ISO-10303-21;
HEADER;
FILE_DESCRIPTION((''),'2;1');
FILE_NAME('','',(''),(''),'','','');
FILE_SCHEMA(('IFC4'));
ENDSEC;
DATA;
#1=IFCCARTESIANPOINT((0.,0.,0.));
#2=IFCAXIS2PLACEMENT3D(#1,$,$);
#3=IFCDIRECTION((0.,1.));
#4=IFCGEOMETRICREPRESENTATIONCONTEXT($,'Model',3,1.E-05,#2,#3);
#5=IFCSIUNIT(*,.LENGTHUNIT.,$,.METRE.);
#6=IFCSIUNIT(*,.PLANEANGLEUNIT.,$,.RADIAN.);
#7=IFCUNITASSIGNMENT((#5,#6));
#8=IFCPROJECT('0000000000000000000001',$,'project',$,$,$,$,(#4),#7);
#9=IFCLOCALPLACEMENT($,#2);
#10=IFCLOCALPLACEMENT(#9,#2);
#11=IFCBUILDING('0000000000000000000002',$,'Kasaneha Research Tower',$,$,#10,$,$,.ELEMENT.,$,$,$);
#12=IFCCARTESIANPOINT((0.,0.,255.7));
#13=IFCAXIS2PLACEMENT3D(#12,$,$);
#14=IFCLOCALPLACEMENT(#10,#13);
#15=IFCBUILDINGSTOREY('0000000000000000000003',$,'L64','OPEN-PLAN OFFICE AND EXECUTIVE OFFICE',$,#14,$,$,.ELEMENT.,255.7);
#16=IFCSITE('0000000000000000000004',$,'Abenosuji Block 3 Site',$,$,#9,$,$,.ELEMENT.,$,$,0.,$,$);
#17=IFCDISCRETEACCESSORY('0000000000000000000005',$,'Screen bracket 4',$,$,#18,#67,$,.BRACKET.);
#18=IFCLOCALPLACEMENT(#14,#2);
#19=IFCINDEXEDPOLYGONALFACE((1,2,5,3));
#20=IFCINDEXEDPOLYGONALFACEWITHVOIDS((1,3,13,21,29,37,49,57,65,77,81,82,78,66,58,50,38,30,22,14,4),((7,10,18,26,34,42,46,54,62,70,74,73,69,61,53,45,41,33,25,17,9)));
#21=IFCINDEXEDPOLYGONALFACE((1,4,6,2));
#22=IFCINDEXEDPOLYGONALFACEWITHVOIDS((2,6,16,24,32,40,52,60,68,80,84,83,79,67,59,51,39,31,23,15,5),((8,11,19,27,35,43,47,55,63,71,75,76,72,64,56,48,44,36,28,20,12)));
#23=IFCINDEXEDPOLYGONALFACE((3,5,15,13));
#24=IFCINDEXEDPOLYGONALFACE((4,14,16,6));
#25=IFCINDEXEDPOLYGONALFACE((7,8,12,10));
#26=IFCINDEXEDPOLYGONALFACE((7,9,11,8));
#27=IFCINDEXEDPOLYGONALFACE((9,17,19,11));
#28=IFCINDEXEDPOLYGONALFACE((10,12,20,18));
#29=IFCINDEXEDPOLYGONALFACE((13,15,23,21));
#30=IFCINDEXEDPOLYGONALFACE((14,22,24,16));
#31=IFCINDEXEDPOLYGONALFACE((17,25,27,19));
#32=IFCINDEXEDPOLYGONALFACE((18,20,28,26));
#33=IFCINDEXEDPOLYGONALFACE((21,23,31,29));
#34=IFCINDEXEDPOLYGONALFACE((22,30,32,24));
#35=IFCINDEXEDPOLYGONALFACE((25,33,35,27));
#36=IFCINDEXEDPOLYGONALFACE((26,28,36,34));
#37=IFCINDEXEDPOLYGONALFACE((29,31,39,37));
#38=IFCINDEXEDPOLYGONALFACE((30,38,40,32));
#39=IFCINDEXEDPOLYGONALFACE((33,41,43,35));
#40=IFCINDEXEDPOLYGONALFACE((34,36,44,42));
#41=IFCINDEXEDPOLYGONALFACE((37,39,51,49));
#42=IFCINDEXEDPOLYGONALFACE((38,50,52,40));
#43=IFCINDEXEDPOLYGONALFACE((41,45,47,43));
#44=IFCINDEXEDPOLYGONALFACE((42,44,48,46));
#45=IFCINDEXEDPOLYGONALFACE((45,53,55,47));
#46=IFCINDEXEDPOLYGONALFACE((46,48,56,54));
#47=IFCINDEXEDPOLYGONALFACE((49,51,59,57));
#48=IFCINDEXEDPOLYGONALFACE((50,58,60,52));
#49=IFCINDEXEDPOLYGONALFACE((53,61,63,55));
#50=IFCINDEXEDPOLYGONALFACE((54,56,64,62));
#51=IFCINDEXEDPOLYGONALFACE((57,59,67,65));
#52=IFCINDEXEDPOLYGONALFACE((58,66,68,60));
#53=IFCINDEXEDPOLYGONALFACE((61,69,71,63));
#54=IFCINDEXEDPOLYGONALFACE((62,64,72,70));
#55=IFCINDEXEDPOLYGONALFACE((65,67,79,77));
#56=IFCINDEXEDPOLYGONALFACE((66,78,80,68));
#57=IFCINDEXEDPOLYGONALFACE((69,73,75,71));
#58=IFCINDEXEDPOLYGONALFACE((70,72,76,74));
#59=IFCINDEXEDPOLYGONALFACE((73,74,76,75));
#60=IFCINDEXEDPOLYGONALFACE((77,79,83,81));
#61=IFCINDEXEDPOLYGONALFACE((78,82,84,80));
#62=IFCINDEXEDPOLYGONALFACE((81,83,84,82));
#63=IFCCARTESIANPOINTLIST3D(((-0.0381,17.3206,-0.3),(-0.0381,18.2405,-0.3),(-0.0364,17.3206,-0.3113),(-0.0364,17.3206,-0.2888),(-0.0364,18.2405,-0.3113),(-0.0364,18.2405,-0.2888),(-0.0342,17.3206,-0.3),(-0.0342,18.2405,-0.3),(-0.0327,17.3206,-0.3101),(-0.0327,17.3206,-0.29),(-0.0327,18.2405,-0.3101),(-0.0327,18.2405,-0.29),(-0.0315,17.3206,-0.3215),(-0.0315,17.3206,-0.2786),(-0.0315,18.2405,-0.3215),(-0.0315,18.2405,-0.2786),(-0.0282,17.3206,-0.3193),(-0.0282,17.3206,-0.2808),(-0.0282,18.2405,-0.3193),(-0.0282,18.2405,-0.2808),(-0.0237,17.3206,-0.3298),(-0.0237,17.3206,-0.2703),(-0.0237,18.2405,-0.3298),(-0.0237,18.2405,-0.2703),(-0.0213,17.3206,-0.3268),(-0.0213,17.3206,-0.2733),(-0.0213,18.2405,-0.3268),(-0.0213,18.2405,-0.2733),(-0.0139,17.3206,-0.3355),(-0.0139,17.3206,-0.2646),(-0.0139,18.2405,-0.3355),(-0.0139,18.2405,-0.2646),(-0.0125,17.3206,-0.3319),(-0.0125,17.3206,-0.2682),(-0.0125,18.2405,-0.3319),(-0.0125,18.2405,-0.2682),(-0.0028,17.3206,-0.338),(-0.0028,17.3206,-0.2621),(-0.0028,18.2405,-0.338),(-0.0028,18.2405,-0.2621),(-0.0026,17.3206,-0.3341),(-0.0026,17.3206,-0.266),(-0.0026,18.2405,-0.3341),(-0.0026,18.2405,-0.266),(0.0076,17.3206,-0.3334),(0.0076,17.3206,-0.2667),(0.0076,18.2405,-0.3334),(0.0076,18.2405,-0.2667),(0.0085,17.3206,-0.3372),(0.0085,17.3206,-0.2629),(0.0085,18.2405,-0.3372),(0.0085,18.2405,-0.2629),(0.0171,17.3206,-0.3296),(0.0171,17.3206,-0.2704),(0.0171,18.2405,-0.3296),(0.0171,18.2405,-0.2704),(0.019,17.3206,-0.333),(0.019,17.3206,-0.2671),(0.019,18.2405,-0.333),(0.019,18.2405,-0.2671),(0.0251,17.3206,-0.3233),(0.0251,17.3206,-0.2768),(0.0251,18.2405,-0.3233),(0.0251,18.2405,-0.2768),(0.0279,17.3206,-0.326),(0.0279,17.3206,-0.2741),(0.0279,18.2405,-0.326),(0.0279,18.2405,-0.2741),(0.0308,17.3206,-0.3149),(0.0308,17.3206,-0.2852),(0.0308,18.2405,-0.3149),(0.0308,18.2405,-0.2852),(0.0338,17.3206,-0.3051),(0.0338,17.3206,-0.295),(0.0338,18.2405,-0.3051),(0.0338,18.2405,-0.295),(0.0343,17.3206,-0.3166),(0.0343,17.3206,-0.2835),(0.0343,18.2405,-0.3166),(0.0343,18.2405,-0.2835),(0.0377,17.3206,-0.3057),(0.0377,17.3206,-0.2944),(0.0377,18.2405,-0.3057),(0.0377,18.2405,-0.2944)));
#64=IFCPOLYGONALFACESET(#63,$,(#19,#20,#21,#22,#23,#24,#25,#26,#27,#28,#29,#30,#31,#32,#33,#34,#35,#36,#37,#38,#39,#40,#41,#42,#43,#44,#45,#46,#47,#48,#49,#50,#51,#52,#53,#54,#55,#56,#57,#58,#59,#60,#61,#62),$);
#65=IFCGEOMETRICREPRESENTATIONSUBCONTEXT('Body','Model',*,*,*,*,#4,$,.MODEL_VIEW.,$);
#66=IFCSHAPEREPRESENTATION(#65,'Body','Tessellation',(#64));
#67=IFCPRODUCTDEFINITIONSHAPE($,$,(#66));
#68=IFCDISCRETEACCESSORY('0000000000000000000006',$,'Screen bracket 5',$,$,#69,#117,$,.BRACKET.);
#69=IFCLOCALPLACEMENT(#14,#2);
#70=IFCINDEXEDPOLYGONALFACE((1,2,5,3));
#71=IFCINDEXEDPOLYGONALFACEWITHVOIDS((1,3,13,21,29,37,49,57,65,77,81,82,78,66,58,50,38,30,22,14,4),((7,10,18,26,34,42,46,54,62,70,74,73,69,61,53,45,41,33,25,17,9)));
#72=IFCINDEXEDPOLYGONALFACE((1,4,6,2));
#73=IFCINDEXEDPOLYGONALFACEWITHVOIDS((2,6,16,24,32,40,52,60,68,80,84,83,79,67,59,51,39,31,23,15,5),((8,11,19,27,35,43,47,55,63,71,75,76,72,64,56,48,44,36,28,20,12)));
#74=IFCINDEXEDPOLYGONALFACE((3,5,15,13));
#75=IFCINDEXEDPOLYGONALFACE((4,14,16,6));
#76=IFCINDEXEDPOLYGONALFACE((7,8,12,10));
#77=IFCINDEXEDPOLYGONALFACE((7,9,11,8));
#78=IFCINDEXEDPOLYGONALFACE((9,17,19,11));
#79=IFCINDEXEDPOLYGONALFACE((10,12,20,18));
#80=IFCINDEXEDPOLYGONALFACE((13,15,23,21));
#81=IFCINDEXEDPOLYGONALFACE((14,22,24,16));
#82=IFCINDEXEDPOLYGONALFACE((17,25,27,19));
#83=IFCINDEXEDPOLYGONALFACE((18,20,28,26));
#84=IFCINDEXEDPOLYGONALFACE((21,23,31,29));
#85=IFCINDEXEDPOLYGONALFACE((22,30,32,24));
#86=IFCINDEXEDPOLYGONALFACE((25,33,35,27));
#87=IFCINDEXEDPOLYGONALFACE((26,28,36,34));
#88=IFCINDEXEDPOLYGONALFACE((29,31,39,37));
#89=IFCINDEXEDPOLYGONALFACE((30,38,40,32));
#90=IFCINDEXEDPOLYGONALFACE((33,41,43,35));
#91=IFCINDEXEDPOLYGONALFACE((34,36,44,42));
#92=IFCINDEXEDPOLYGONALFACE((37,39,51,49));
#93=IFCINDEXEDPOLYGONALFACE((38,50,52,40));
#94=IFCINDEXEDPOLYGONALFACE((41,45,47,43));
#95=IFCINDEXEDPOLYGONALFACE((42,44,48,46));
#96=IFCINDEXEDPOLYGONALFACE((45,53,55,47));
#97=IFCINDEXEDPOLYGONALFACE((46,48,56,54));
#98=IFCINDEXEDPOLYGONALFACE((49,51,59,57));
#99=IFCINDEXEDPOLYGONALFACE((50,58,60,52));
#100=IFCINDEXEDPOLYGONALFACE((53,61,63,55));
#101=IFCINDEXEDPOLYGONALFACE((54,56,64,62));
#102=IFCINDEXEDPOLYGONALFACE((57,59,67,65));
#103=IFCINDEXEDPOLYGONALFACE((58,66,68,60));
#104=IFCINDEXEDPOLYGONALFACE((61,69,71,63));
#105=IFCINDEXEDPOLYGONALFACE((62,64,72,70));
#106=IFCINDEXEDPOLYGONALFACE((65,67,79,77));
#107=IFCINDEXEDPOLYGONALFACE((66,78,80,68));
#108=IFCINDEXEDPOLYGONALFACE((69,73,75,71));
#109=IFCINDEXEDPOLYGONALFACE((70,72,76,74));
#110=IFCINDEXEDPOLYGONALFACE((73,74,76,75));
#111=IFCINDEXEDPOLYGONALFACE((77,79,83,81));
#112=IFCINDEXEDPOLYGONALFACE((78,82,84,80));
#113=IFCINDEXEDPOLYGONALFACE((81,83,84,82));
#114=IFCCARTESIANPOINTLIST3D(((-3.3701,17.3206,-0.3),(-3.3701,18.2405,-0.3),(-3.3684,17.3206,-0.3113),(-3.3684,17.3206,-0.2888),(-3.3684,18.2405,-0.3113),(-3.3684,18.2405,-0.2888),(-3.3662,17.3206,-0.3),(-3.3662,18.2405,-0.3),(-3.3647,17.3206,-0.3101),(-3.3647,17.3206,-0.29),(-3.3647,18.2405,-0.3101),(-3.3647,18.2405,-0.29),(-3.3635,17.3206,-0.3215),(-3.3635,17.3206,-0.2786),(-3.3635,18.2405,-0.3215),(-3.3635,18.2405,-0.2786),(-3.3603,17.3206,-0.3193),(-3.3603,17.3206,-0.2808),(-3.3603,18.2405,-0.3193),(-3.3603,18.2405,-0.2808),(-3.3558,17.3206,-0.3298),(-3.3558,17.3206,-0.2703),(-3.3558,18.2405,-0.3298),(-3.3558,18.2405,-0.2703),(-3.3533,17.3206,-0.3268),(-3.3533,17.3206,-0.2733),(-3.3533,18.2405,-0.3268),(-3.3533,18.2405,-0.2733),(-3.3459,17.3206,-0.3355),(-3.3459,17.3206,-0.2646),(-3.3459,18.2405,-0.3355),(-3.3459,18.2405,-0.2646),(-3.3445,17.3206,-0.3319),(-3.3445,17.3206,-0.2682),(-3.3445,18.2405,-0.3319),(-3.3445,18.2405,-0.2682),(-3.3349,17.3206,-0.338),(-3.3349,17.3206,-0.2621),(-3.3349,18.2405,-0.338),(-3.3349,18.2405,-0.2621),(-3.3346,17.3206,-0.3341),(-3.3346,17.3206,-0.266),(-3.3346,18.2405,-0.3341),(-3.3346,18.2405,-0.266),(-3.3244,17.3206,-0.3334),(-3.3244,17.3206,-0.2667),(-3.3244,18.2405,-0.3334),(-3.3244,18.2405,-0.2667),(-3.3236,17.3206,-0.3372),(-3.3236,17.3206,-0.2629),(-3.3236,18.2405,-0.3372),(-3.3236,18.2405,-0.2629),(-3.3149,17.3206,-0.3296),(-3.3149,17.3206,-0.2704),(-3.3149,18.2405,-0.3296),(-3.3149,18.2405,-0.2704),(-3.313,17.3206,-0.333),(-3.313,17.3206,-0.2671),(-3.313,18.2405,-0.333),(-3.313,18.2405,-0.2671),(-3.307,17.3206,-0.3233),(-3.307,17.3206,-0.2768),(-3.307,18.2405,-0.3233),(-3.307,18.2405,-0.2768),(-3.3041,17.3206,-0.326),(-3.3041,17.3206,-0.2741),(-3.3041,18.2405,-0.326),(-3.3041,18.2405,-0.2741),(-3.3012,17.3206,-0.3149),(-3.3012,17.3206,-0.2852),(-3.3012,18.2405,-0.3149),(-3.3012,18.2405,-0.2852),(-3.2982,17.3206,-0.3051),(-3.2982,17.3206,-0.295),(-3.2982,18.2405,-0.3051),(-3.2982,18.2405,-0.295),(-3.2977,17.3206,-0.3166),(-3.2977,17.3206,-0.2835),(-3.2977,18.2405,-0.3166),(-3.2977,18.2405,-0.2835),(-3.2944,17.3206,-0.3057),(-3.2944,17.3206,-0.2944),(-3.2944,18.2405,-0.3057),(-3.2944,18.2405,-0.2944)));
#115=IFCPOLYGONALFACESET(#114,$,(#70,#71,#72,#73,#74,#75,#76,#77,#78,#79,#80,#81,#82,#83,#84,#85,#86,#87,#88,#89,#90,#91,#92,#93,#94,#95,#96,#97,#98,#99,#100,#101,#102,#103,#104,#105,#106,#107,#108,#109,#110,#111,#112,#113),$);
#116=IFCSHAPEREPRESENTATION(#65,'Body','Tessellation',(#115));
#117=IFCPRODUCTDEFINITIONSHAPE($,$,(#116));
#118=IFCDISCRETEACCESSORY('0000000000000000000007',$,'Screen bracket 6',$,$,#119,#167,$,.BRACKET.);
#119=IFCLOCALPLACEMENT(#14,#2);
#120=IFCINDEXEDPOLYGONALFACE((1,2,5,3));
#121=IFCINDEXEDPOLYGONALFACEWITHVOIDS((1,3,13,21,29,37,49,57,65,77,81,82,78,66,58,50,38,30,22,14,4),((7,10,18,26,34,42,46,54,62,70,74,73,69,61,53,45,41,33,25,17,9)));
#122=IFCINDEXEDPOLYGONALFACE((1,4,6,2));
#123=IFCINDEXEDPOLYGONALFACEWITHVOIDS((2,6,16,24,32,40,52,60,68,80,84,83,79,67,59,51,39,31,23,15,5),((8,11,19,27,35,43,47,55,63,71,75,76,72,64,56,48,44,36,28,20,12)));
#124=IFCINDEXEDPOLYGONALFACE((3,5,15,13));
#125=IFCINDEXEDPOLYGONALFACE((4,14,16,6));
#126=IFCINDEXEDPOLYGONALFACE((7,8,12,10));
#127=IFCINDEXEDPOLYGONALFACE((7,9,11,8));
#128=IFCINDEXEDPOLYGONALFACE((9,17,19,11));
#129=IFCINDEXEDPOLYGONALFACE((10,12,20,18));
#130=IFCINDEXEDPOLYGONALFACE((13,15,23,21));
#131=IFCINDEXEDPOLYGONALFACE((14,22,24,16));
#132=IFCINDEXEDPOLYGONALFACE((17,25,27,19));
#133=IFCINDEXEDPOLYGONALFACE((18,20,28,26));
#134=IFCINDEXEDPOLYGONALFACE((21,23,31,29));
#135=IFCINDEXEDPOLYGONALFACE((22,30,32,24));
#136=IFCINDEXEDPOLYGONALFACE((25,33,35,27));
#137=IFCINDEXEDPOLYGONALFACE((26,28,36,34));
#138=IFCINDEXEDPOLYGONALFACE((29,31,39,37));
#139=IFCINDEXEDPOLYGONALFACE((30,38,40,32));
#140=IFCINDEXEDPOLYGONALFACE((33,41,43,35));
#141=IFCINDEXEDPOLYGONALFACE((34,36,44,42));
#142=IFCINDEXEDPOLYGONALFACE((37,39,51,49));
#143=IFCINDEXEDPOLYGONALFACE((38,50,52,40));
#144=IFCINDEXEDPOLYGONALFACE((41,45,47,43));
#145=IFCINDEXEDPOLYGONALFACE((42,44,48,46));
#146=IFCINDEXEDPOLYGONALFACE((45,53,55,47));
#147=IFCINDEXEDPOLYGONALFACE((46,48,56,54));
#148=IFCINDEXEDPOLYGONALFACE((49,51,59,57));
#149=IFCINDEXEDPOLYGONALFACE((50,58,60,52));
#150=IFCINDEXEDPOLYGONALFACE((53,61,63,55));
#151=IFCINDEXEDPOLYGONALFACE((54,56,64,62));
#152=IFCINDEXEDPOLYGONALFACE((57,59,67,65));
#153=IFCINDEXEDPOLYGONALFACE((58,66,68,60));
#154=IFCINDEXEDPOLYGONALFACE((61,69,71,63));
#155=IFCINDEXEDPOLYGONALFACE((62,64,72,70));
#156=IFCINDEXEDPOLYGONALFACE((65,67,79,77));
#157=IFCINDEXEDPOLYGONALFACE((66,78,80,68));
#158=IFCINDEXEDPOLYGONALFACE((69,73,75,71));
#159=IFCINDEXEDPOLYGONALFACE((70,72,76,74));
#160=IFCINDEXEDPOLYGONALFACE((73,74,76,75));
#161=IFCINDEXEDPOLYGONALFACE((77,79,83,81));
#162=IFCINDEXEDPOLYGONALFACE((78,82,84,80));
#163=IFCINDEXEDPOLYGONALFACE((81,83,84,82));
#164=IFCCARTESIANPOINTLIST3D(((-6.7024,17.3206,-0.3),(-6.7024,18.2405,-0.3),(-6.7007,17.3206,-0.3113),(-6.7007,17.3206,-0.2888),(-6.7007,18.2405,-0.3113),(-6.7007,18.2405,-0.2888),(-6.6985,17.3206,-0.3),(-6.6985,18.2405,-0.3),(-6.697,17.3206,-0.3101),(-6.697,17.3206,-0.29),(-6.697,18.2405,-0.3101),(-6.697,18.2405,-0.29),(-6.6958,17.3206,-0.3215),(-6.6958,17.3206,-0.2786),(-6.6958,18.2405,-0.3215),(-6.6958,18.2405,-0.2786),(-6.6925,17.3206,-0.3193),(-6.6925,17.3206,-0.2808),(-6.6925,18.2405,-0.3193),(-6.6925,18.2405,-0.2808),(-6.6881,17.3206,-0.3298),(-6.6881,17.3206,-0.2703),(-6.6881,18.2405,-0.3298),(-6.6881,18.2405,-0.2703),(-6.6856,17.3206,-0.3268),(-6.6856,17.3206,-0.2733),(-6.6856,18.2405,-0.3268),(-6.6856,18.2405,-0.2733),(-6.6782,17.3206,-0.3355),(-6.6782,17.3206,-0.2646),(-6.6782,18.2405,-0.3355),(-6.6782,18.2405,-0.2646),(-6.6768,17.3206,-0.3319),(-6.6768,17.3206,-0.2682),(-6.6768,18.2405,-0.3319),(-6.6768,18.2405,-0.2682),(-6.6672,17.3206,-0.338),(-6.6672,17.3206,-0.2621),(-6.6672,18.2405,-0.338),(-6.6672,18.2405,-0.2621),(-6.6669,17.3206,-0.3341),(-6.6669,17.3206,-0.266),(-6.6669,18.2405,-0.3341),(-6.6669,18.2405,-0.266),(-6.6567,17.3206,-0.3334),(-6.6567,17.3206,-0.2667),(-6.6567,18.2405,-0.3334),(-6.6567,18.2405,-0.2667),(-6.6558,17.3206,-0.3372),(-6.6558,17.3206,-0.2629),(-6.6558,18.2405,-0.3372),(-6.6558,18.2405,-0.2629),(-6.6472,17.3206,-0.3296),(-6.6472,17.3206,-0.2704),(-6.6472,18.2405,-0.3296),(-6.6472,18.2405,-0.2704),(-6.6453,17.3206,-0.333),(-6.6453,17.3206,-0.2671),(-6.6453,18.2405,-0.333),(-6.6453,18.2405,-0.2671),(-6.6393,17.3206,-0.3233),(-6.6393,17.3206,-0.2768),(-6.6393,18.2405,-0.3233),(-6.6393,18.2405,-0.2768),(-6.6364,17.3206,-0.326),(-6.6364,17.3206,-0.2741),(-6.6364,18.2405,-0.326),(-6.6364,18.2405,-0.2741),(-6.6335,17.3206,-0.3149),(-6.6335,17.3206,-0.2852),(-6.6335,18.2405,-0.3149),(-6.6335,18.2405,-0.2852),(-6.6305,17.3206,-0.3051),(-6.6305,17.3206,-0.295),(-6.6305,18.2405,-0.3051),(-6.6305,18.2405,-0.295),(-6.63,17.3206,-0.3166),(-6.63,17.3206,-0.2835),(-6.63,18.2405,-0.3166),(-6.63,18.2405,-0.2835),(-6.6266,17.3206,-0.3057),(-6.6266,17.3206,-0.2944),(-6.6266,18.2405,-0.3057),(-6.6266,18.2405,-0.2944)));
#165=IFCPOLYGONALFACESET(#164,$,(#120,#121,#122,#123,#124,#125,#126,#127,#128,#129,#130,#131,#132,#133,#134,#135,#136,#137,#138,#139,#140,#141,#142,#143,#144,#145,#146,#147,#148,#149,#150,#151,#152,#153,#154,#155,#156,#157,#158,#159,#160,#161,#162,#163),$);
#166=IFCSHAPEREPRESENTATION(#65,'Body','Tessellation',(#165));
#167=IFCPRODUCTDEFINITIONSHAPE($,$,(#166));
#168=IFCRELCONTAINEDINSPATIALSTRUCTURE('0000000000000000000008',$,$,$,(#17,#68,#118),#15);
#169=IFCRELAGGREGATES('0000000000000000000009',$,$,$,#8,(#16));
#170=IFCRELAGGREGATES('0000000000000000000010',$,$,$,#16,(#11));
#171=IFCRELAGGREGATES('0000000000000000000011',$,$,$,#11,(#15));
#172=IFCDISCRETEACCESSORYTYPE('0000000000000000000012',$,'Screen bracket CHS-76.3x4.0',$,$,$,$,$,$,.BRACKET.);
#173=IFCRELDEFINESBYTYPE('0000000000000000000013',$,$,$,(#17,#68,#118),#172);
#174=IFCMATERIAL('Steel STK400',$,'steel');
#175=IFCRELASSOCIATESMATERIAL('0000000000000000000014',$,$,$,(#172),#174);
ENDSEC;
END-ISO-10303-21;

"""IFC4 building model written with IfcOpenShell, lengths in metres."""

from ifc_helpers import new_model, si_unit, direction, frame, origin, origin_2d, place, context, subcontext, project, spatial, hollow_circle, extrude, material, material_profile, profile_set, type_object, element, save


model = new_model("IFC4")

# Units and contexts
model_context = context("Model", 3, precision=1e-05, world=origin(), true_north=direction((0.0, 1.0)))
body_context = subcontext(model_context, "Body", "Model", "MODEL_VIEW")
ifc_project = project(units=[si_unit("LENGTHUNIT", "METRE"), si_unit("PLANEANGLEUNIT", "RADIAN")], contexts=[model_context])

# Site, building, storey
site_placement = place(None, origin())
site = spatial("IfcSite", under=ifc_project, at=site_placement, Name="Abenosuji Block 3 Site", CompositionType="ELEMENT", RefElevation=0.0)
building_placement = place(site_placement, origin())
building = spatial("IfcBuilding", under=site, at=building_placement, Name="Kasaneha Research Tower", CompositionType="ELEMENT")
storey_placement = place(building_placement, frame((0.0, 0.0, 255.7)))
storey = spatial("IfcBuildingStorey", under=building, at=storey_placement, Name="L64", Description="OPEN-PLAN OFFICE AND EXECUTIVE OFFICE", CompositionType="ELEMENT", Elevation=255.7)

# Discrete accessories
ifc_material_1 = material(Name="Steel STK400", Category="steel")
ifc_material_profile_1 = material_profile(ifc_material_1, hollow_circle(Radius=0.0381, WallThickness=0.0039, at=origin_2d()), Name="CHS-76.3x4.0")
ifc_profile_set_1 = profile_set([ifc_material_profile_1], Name="Steel STK400")
discrete_accessory_type = type_object("IfcDiscreteAccessoryType", Name="Screen bracket CHS-76.3x4.0", PredefinedType="BRACKET", material=ifc_profile_set_1)
for number, where, z_axis, x_axis, name in (
    (1, (0.0, 17.3206, -0.3), (0.0, 1.0, 0.0), (-1.0, 0.0, 0.0), "Screen bracket 4"),
    (2, (-3.332, 17.3206, -0.3), (0.0, 1.0, 0.0), (-1.0, 0.0, 0.0), "Screen bracket 5"),
    (3, (-6.6643, 17.3206, -0.3), (0.0, 1.0, 0.0), (-1.0, 0.0, 0.0), "Screen bracket 6"),
):
    element("IfcDiscreteAccessory", number, at=place(storey_placement, frame(where, z_axis=z_axis, x_axis=x_axis)), inside=storey, type_object=discrete_accessory_type, Name=name, PredefinedType="BRACKET", context=body_context, shape_type="SweptSolid", body=[
        extrude(hollow_circle(Radius=0.0381, WallThickness=0.0039, at=origin_2d()), origin(), (0.0, 0.0, 1.0), 0.9199),
    ])

save(model, "model.ifc")
